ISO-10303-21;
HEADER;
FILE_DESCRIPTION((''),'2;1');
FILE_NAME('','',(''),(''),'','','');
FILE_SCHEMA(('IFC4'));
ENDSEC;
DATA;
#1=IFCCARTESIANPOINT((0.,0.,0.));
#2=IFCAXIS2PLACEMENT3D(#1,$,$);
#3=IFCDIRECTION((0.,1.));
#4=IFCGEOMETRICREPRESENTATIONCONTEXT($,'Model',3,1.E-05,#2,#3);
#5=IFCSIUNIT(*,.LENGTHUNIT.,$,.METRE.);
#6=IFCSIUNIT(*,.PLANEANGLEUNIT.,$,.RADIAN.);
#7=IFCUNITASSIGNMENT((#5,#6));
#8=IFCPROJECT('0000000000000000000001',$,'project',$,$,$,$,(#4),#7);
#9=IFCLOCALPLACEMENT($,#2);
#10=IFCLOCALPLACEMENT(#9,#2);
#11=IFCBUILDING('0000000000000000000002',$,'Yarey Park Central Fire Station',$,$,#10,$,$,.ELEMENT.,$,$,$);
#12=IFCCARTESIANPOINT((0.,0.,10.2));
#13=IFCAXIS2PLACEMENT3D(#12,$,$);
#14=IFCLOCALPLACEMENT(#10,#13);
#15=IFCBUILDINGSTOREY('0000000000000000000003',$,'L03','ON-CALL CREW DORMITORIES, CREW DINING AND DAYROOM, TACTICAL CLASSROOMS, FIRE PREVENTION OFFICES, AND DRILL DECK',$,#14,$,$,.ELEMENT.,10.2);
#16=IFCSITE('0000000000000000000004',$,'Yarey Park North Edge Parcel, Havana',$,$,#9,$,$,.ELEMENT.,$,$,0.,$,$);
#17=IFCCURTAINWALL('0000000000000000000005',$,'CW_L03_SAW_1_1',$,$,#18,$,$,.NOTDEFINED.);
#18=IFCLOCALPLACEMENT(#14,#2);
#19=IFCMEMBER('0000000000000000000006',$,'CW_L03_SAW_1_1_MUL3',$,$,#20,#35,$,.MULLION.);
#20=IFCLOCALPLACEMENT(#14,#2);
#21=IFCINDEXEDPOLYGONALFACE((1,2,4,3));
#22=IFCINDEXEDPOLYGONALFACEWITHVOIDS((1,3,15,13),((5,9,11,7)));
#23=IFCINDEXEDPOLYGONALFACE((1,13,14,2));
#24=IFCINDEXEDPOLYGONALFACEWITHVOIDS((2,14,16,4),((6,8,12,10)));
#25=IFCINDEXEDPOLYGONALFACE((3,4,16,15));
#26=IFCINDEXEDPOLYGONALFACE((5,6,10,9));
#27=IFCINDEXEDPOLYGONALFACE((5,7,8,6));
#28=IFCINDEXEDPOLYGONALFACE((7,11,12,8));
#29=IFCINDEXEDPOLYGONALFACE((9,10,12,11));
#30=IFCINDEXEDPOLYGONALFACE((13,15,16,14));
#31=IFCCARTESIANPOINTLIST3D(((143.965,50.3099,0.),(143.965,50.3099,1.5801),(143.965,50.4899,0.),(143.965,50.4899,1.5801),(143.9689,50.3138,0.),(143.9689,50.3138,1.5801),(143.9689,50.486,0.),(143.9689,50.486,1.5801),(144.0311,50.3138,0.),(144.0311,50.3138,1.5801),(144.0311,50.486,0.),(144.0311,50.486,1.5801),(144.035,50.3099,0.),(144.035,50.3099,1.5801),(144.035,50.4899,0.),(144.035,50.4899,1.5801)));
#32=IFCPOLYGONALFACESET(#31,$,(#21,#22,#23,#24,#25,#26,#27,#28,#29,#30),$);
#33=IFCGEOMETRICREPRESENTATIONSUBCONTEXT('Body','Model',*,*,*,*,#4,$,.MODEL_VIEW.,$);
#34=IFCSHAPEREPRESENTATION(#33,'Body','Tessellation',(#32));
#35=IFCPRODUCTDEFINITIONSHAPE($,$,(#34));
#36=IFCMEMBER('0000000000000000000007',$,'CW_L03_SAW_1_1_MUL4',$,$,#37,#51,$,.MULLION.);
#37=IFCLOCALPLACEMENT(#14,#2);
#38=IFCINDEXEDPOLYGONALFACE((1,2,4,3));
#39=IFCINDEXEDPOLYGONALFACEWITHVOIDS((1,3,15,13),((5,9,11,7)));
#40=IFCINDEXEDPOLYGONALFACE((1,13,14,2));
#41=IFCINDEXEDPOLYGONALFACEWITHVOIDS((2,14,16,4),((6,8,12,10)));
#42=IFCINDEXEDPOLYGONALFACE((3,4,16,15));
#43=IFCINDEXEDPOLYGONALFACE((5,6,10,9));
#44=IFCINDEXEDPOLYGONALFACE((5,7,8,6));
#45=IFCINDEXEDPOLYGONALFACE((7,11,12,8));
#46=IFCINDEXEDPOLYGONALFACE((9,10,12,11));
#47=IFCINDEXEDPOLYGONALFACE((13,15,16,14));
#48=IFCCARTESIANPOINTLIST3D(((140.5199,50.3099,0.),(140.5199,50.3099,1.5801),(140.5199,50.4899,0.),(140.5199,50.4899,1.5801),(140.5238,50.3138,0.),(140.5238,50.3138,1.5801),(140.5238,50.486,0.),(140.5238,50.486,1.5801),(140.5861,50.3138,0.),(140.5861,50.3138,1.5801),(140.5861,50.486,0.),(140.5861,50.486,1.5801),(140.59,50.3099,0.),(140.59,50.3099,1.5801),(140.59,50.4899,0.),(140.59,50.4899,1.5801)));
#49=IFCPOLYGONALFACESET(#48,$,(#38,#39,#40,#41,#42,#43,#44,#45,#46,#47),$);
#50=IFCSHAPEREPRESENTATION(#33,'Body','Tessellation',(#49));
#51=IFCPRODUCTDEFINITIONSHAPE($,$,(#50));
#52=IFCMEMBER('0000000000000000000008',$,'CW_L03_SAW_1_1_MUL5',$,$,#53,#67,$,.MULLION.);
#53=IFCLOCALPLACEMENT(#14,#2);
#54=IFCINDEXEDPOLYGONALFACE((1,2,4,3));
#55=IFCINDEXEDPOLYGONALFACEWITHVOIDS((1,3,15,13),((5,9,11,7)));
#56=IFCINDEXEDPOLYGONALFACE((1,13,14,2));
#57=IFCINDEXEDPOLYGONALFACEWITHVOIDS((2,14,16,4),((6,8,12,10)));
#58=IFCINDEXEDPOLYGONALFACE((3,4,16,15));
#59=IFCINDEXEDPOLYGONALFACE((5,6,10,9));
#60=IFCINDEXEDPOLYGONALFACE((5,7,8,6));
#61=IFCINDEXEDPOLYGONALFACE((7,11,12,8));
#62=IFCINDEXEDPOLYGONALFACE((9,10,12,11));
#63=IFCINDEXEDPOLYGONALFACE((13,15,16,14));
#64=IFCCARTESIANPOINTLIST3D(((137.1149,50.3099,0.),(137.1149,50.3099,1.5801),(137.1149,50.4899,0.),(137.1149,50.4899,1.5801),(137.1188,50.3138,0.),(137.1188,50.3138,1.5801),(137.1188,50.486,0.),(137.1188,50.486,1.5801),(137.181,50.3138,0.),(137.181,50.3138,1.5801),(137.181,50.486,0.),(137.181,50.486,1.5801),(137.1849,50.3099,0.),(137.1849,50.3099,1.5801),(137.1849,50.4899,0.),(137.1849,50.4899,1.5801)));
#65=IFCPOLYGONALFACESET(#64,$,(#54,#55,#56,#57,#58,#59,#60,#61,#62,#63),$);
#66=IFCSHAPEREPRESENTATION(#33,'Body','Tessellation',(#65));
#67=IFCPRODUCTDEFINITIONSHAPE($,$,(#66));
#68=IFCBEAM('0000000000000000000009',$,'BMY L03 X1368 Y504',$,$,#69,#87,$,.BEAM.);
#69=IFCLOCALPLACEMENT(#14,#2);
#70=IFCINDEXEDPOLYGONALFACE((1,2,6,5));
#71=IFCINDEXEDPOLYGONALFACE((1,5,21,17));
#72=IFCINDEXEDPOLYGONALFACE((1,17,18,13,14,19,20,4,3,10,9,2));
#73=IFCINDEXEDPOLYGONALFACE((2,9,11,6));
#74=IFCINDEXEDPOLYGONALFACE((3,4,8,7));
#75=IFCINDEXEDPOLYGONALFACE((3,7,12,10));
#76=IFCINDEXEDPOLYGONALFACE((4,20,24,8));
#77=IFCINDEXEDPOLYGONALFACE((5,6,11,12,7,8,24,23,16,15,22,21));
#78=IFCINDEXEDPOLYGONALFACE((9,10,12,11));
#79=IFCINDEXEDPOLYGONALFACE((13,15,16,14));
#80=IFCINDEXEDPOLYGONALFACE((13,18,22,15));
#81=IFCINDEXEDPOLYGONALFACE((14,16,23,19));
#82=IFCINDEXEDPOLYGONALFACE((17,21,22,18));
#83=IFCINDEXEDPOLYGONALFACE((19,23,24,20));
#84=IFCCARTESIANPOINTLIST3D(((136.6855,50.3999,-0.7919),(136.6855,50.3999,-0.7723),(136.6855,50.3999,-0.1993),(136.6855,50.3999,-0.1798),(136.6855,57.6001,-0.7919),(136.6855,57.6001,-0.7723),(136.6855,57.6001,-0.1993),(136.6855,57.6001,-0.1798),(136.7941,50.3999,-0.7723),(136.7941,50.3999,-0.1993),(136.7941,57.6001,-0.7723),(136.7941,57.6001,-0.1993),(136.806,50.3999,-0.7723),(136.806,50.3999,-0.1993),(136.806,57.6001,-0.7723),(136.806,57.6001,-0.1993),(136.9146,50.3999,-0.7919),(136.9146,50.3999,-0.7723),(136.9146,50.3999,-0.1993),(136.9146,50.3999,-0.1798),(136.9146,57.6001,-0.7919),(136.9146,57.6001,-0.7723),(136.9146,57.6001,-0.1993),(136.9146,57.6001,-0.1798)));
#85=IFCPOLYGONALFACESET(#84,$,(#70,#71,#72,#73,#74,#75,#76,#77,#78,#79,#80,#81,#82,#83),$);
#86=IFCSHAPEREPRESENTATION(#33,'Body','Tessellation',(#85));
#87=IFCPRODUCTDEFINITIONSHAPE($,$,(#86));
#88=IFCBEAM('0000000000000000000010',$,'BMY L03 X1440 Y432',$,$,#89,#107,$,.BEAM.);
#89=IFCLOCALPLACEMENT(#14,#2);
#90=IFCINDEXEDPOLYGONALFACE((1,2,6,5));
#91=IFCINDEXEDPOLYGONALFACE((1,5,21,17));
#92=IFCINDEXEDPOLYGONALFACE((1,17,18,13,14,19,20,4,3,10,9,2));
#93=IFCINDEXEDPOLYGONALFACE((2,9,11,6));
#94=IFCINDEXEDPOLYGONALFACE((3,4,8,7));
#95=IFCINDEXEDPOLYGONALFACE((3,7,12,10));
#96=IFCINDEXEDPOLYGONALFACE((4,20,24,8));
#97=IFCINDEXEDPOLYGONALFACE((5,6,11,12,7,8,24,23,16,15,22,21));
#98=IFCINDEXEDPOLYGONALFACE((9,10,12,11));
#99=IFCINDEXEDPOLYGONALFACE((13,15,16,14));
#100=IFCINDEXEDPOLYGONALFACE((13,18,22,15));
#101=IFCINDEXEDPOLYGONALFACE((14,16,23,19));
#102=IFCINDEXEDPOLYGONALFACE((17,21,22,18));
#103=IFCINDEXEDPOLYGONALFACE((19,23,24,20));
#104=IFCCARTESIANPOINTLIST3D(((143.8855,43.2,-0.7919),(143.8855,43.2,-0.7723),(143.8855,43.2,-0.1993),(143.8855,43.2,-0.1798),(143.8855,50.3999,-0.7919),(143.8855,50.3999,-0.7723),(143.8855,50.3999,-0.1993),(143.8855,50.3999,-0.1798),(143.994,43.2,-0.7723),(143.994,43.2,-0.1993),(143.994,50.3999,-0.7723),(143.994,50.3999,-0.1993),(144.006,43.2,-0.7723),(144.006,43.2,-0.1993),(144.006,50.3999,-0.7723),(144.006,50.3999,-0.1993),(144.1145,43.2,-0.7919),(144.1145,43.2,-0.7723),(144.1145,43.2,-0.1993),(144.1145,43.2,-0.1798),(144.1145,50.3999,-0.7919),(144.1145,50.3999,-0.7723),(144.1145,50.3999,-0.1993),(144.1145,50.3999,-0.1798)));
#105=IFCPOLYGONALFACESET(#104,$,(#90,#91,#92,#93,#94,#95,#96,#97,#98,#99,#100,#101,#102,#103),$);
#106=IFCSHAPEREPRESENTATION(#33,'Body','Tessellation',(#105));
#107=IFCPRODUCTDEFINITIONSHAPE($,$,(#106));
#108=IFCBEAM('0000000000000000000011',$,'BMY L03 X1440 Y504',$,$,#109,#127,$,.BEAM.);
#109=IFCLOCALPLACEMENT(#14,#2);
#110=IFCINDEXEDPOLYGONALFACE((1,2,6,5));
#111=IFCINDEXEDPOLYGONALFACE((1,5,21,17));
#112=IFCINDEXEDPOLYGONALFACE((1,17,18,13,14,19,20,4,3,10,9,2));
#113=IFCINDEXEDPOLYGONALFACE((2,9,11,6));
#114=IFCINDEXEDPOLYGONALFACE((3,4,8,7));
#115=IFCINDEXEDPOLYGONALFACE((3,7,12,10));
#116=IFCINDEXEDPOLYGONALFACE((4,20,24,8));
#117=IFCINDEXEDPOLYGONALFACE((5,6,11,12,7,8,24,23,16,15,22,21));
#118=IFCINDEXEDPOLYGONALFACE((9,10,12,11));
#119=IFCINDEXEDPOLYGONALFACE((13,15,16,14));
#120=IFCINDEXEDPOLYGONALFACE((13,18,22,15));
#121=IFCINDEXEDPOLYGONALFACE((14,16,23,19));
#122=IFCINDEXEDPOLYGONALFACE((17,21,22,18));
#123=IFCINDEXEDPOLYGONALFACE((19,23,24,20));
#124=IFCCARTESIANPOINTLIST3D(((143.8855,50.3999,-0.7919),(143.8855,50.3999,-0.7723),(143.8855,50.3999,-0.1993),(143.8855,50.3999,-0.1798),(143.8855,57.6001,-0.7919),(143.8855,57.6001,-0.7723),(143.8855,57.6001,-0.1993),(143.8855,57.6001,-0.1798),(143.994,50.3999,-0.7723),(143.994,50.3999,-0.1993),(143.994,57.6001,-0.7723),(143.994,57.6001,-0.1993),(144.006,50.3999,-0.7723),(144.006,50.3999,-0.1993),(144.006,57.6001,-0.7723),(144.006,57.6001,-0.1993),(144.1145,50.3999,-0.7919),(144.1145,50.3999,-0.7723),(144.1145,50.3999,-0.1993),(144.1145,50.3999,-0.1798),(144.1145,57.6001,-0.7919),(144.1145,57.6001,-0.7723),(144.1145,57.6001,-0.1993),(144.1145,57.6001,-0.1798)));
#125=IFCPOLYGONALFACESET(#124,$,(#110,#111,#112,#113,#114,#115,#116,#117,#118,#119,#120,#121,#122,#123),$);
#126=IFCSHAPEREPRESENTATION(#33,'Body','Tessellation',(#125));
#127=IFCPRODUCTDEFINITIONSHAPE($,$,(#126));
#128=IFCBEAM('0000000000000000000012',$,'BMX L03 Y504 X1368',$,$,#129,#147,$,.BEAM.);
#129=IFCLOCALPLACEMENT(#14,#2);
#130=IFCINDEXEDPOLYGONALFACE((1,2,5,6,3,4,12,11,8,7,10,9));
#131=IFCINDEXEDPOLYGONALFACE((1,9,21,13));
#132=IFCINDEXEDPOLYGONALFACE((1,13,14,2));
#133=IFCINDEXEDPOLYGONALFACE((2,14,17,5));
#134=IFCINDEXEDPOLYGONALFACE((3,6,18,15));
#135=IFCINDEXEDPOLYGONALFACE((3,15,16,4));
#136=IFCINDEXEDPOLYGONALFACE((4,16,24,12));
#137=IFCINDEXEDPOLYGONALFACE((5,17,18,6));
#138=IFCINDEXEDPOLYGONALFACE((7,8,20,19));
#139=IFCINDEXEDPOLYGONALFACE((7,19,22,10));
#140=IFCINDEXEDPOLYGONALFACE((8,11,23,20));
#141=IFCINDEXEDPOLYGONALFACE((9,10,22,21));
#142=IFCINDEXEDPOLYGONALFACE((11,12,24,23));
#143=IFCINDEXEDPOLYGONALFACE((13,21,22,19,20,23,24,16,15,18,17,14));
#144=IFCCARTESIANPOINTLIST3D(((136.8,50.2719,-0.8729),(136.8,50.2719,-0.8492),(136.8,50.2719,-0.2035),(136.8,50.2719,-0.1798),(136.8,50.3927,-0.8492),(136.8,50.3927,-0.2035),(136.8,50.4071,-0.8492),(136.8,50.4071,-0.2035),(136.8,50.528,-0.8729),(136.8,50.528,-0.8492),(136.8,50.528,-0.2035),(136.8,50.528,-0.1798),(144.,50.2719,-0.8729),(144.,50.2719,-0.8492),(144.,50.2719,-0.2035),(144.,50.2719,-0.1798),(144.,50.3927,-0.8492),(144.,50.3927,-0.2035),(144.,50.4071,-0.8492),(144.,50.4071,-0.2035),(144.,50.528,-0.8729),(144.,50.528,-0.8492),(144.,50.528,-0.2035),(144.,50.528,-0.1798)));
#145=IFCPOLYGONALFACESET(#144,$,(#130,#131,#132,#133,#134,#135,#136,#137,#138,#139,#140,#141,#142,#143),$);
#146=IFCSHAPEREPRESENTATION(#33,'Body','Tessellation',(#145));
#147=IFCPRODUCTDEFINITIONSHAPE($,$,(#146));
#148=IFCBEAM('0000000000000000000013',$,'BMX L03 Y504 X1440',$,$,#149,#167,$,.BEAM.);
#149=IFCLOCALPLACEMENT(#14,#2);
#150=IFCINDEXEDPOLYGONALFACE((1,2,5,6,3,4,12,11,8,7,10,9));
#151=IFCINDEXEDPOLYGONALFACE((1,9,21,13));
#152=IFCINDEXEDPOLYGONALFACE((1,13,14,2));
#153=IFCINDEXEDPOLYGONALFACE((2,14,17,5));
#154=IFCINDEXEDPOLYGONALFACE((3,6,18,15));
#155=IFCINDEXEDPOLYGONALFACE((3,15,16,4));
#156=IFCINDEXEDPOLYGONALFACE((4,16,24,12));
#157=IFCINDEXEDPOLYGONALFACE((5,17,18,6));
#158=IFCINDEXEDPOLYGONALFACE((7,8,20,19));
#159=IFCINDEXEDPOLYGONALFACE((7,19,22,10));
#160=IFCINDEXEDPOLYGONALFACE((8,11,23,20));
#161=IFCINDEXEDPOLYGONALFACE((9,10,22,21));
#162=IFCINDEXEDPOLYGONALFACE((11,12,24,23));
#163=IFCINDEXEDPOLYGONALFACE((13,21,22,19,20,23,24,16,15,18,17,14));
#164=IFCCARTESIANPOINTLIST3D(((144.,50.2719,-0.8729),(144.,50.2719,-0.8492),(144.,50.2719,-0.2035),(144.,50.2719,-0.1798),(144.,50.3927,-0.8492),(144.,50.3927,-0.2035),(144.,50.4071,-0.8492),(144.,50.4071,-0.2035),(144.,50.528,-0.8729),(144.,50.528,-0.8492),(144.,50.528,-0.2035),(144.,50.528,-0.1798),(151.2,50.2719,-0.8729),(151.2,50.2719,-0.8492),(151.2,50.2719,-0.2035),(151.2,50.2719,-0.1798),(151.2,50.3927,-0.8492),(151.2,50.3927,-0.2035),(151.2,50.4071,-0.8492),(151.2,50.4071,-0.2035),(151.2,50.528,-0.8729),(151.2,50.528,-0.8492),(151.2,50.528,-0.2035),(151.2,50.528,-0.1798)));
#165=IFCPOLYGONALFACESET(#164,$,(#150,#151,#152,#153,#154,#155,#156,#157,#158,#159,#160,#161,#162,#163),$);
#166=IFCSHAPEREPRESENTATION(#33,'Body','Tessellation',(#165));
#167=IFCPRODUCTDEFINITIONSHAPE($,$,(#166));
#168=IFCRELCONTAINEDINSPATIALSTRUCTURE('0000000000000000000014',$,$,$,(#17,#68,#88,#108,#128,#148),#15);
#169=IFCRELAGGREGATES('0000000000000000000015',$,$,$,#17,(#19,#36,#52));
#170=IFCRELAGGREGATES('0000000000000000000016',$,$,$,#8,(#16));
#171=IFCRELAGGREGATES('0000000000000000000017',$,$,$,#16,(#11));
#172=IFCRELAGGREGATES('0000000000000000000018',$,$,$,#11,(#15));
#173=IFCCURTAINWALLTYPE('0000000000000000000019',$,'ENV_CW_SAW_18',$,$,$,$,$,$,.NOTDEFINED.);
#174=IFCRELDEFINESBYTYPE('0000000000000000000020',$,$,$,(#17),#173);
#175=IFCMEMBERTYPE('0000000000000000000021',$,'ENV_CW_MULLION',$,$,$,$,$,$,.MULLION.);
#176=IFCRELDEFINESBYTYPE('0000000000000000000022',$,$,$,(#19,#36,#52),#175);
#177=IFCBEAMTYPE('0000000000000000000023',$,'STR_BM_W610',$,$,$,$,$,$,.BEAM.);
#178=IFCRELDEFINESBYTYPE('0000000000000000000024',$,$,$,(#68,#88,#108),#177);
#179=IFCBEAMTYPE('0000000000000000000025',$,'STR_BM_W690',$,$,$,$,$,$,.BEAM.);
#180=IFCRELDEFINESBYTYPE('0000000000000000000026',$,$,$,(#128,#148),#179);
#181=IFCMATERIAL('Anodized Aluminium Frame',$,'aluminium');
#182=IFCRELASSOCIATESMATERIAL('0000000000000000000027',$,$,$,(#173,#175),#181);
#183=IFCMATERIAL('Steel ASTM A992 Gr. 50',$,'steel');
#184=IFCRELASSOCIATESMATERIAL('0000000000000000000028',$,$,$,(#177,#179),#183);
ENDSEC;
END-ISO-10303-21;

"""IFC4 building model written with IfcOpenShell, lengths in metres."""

from ifc_helpers import new_model, si_unit, direction, frame, origin, origin_2d, place, context, subcontext, project, spatial, hollow_rectangle, i_section, extrude, material, material_profile, profile_set, type_object, element, aggregate, save


model = new_model("IFC4")

# Units and contexts
model_context = context("Model", 3, precision=1e-05, world=origin(), true_north=direction((0.0, 1.0)))
body_context = subcontext(model_context, "Body", "Model", "MODEL_VIEW")
ifc_project = project(units=[si_unit("LENGTHUNIT", "METRE"), si_unit("PLANEANGLEUNIT", "RADIAN")], contexts=[model_context])

# Site, building, storey
site_placement = place(None, origin())
site = spatial("IfcSite", under=ifc_project, at=site_placement, Name="Yarey Park North Edge Parcel, Havana", CompositionType="ELEMENT", RefElevation=0.0)
building_placement = place(site_placement, origin())
building = spatial("IfcBuilding", under=site, at=building_placement, Name="Yarey Park Central Fire Station", CompositionType="ELEMENT")
storey_placement = place(building_placement, frame((0.0, 0.0, 10.2)))
storey = spatial("IfcBuildingStorey", under=building, at=storey_placement, Name="L03", Description="ON-CALL CREW DORMITORIES, CREW DINING AND DAYROOM, TACTICAL CLASSROOMS, FIRE PREVENTION OFFICES, AND DRILL DECK", CompositionType="ELEMENT", Elevation=10.2)

# Curtain wall, members
ifc_material_1 = material(Name="Anodized Aluminium Frame", Category="aluminium")
curtain_wall_type = type_object("IfcCurtainWallType", Name="ENV_CW_SAW_18", PredefinedType="NOTDEFINED", material=ifc_material_1)
curtain_wall_placement = place(storey_placement, origin())
curtain_wall = element("IfcCurtainWall", 1, at=curtain_wall_placement, inside=storey, type_object=curtain_wall_type, Name="CW_L03_SAW_1_1", PredefinedType="NOTDEFINED")
ifc_material_profile_1 = material_profile(ifc_material_1, hollow_rectangle(XDim=0.0701, YDim=0.1799, WallThickness=0.0039, at=origin_2d()), Name="ALU 180x70x4")
ifc_profile_set_1 = profile_set([ifc_material_profile_1], Name="Anodized Aluminium Frame")
member_type_1 = type_object("IfcMemberType", Name="ENV_CW_MULLION", PredefinedType="MULLION", material=ifc_profile_set_1)
member_1_placement = place(storey_placement, frame((144.0, 50.3999, 0.0), z_axis=(0.0, 0.0, 1.0), x_axis=(1.0, 0.0, 0.0)))
member_1 = element("IfcMember", 2, at=member_1_placement, type_object=member_type_1, Name="CW_L03_SAW_1_1_MUL3", PredefinedType="MULLION", context=body_context, shape_type="SweptSolid", body=[
    extrude(hollow_rectangle(XDim=0.0701, YDim=0.1799, WallThickness=0.0039, at=origin_2d()), origin(), (0.0, 0.0, 1.0), 1.5801),
])
member_2_placement = place(storey_placement, frame((140.5549, 50.3999, 0.0), z_axis=(0.0, 0.0, 1.0), x_axis=(1.0, 0.0, 0.0)))
member_2 = element("IfcMember", 3, at=member_2_placement, type_object=member_type_1, Name="CW_L03_SAW_1_1_MUL4", PredefinedType="MULLION", context=body_context, shape_type="SweptSolid", body=[
    extrude(hollow_rectangle(XDim=0.0701, YDim=0.1799, WallThickness=0.0039, at=origin_2d()), origin(), (0.0, 0.0, 1.0), 1.5801),
])
member_3_placement = place(storey_placement, frame((137.1499, 50.3999, 0.0), z_axis=(0.0, 0.0, 1.0), x_axis=(1.0, 0.0, 0.0)))
member_3 = element("IfcMember", 4, at=member_3_placement, type_object=member_type_1, Name="CW_L03_SAW_1_1_MUL5", PredefinedType="MULLION", context=body_context, shape_type="SweptSolid", body=[
    extrude(hollow_rectangle(XDim=0.0701, YDim=0.1799, WallThickness=0.0039, at=origin_2d()), origin(), (0.0, 0.0, 1.0), 1.5801),
])

# Beams
ifc_material_2 = material(Name="Steel ASTM A992 Gr. 50", Category="steel")
ifc_material_profile_2 = material_profile(ifc_material_2, i_section(OverallWidth=0.229, OverallDepth=0.6121, WebThickness=0.012, FlangeThickness=0.0195, at=origin_2d()), Name="W610x125")
ifc_profile_set_2 = profile_set([ifc_material_profile_2], Name="Steel ASTM A992 Gr. 50")
beam_type_1 = type_object("IfcBeamType", Name="STR_BM_W610", PredefinedType="BEAM", material=ifc_profile_set_2)
beam_1_placement = place(storey_placement, frame((136.8, 50.3999, -0.4858), z_axis=(0.0, 1.0, 0.0), x_axis=(-1.0, 0.0, 0.0)))
element("IfcBeam", 5, at=beam_1_placement, inside=storey, type_object=beam_type_1, Name="BMY L03 X1368 Y504", PredefinedType="BEAM", context=body_context, shape_type="SweptSolid", body=[
    extrude(i_section(OverallWidth=0.229, OverallDepth=0.6121, WebThickness=0.012, FlangeThickness=0.0195, at=origin_2d()), origin(), (0.0, 0.0, 1.0), 7.2002),
])
beam_2_placement = place(storey_placement, frame((144.0, 43.2, -0.4858), z_axis=(0.0, 1.0, 0.0), x_axis=(-1.0, 0.0, 0.0)))
element("IfcBeam", 6, at=beam_2_placement, inside=storey, type_object=beam_type_1, Name="BMY L03 X1440 Y432", PredefinedType="BEAM", context=body_context, shape_type="SweptSolid", body=[
    extrude(i_section(OverallWidth=0.229, OverallDepth=0.6121, WebThickness=0.012, FlangeThickness=0.0195, at=origin_2d()), origin(), (0.0, 0.0, 1.0), 7.2),
])
beam_3_placement = place(storey_placement, frame((144.0, 50.3999, -0.4858), z_axis=(0.0, 1.0, 0.0), x_axis=(-1.0, 0.0, 0.0)))
element("IfcBeam", 7, at=beam_3_placement, inside=storey, type_object=beam_type_1, Name="BMY L03 X1440 Y504", PredefinedType="BEAM", context=body_context, shape_type="SweptSolid", body=[
    extrude(i_section(OverallWidth=0.229, OverallDepth=0.6121, WebThickness=0.012, FlangeThickness=0.0195, at=origin_2d()), origin(), (0.0, 0.0, 1.0), 7.2002),
])
ifc_material_profile_3 = material_profile(ifc_material_2, i_section(OverallWidth=0.2561, OverallDepth=0.6931, WebThickness=0.0144, FlangeThickness=0.0237, at=origin_2d()), Name="W690x170")
ifc_profile_set_3 = profile_set([ifc_material_profile_3], Name="Steel ASTM A992 Gr. 50")
beam_type_2 = type_object("IfcBeamType", Name="STR_BM_W690", PredefinedType="BEAM", material=ifc_profile_set_3)
for number, where, z_axis, x_axis, name in (
    (8, (136.8, 50.3999, -0.5264), (1.0, 0.0, 0.0), (0.0, 1.0, 0.0), "BMX L03 Y504 X1368"),
    (9, (144.0, 50.3999, -0.5264), (1.0, 0.0, 0.0), (0.0, 1.0, 0.0), "BMX L03 Y504 X1440"),
):
    element("IfcBeam", number, at=place(storey_placement, frame(where, z_axis=z_axis, x_axis=x_axis)), inside=storey, type_object=beam_type_2, Name=name, PredefinedType="BEAM", context=body_context, shape_type="SweptSolid", body=[
        extrude(i_section(OverallWidth=0.2561, OverallDepth=0.6931, WebThickness=0.0144, FlangeThickness=0.0237, at=origin_2d()), origin(), (0.0, 0.0, 1.0), 7.2),
    ])

aggregate(curtain_wall, [member_1, member_2, member_3])

save(model, "model.ifc")
